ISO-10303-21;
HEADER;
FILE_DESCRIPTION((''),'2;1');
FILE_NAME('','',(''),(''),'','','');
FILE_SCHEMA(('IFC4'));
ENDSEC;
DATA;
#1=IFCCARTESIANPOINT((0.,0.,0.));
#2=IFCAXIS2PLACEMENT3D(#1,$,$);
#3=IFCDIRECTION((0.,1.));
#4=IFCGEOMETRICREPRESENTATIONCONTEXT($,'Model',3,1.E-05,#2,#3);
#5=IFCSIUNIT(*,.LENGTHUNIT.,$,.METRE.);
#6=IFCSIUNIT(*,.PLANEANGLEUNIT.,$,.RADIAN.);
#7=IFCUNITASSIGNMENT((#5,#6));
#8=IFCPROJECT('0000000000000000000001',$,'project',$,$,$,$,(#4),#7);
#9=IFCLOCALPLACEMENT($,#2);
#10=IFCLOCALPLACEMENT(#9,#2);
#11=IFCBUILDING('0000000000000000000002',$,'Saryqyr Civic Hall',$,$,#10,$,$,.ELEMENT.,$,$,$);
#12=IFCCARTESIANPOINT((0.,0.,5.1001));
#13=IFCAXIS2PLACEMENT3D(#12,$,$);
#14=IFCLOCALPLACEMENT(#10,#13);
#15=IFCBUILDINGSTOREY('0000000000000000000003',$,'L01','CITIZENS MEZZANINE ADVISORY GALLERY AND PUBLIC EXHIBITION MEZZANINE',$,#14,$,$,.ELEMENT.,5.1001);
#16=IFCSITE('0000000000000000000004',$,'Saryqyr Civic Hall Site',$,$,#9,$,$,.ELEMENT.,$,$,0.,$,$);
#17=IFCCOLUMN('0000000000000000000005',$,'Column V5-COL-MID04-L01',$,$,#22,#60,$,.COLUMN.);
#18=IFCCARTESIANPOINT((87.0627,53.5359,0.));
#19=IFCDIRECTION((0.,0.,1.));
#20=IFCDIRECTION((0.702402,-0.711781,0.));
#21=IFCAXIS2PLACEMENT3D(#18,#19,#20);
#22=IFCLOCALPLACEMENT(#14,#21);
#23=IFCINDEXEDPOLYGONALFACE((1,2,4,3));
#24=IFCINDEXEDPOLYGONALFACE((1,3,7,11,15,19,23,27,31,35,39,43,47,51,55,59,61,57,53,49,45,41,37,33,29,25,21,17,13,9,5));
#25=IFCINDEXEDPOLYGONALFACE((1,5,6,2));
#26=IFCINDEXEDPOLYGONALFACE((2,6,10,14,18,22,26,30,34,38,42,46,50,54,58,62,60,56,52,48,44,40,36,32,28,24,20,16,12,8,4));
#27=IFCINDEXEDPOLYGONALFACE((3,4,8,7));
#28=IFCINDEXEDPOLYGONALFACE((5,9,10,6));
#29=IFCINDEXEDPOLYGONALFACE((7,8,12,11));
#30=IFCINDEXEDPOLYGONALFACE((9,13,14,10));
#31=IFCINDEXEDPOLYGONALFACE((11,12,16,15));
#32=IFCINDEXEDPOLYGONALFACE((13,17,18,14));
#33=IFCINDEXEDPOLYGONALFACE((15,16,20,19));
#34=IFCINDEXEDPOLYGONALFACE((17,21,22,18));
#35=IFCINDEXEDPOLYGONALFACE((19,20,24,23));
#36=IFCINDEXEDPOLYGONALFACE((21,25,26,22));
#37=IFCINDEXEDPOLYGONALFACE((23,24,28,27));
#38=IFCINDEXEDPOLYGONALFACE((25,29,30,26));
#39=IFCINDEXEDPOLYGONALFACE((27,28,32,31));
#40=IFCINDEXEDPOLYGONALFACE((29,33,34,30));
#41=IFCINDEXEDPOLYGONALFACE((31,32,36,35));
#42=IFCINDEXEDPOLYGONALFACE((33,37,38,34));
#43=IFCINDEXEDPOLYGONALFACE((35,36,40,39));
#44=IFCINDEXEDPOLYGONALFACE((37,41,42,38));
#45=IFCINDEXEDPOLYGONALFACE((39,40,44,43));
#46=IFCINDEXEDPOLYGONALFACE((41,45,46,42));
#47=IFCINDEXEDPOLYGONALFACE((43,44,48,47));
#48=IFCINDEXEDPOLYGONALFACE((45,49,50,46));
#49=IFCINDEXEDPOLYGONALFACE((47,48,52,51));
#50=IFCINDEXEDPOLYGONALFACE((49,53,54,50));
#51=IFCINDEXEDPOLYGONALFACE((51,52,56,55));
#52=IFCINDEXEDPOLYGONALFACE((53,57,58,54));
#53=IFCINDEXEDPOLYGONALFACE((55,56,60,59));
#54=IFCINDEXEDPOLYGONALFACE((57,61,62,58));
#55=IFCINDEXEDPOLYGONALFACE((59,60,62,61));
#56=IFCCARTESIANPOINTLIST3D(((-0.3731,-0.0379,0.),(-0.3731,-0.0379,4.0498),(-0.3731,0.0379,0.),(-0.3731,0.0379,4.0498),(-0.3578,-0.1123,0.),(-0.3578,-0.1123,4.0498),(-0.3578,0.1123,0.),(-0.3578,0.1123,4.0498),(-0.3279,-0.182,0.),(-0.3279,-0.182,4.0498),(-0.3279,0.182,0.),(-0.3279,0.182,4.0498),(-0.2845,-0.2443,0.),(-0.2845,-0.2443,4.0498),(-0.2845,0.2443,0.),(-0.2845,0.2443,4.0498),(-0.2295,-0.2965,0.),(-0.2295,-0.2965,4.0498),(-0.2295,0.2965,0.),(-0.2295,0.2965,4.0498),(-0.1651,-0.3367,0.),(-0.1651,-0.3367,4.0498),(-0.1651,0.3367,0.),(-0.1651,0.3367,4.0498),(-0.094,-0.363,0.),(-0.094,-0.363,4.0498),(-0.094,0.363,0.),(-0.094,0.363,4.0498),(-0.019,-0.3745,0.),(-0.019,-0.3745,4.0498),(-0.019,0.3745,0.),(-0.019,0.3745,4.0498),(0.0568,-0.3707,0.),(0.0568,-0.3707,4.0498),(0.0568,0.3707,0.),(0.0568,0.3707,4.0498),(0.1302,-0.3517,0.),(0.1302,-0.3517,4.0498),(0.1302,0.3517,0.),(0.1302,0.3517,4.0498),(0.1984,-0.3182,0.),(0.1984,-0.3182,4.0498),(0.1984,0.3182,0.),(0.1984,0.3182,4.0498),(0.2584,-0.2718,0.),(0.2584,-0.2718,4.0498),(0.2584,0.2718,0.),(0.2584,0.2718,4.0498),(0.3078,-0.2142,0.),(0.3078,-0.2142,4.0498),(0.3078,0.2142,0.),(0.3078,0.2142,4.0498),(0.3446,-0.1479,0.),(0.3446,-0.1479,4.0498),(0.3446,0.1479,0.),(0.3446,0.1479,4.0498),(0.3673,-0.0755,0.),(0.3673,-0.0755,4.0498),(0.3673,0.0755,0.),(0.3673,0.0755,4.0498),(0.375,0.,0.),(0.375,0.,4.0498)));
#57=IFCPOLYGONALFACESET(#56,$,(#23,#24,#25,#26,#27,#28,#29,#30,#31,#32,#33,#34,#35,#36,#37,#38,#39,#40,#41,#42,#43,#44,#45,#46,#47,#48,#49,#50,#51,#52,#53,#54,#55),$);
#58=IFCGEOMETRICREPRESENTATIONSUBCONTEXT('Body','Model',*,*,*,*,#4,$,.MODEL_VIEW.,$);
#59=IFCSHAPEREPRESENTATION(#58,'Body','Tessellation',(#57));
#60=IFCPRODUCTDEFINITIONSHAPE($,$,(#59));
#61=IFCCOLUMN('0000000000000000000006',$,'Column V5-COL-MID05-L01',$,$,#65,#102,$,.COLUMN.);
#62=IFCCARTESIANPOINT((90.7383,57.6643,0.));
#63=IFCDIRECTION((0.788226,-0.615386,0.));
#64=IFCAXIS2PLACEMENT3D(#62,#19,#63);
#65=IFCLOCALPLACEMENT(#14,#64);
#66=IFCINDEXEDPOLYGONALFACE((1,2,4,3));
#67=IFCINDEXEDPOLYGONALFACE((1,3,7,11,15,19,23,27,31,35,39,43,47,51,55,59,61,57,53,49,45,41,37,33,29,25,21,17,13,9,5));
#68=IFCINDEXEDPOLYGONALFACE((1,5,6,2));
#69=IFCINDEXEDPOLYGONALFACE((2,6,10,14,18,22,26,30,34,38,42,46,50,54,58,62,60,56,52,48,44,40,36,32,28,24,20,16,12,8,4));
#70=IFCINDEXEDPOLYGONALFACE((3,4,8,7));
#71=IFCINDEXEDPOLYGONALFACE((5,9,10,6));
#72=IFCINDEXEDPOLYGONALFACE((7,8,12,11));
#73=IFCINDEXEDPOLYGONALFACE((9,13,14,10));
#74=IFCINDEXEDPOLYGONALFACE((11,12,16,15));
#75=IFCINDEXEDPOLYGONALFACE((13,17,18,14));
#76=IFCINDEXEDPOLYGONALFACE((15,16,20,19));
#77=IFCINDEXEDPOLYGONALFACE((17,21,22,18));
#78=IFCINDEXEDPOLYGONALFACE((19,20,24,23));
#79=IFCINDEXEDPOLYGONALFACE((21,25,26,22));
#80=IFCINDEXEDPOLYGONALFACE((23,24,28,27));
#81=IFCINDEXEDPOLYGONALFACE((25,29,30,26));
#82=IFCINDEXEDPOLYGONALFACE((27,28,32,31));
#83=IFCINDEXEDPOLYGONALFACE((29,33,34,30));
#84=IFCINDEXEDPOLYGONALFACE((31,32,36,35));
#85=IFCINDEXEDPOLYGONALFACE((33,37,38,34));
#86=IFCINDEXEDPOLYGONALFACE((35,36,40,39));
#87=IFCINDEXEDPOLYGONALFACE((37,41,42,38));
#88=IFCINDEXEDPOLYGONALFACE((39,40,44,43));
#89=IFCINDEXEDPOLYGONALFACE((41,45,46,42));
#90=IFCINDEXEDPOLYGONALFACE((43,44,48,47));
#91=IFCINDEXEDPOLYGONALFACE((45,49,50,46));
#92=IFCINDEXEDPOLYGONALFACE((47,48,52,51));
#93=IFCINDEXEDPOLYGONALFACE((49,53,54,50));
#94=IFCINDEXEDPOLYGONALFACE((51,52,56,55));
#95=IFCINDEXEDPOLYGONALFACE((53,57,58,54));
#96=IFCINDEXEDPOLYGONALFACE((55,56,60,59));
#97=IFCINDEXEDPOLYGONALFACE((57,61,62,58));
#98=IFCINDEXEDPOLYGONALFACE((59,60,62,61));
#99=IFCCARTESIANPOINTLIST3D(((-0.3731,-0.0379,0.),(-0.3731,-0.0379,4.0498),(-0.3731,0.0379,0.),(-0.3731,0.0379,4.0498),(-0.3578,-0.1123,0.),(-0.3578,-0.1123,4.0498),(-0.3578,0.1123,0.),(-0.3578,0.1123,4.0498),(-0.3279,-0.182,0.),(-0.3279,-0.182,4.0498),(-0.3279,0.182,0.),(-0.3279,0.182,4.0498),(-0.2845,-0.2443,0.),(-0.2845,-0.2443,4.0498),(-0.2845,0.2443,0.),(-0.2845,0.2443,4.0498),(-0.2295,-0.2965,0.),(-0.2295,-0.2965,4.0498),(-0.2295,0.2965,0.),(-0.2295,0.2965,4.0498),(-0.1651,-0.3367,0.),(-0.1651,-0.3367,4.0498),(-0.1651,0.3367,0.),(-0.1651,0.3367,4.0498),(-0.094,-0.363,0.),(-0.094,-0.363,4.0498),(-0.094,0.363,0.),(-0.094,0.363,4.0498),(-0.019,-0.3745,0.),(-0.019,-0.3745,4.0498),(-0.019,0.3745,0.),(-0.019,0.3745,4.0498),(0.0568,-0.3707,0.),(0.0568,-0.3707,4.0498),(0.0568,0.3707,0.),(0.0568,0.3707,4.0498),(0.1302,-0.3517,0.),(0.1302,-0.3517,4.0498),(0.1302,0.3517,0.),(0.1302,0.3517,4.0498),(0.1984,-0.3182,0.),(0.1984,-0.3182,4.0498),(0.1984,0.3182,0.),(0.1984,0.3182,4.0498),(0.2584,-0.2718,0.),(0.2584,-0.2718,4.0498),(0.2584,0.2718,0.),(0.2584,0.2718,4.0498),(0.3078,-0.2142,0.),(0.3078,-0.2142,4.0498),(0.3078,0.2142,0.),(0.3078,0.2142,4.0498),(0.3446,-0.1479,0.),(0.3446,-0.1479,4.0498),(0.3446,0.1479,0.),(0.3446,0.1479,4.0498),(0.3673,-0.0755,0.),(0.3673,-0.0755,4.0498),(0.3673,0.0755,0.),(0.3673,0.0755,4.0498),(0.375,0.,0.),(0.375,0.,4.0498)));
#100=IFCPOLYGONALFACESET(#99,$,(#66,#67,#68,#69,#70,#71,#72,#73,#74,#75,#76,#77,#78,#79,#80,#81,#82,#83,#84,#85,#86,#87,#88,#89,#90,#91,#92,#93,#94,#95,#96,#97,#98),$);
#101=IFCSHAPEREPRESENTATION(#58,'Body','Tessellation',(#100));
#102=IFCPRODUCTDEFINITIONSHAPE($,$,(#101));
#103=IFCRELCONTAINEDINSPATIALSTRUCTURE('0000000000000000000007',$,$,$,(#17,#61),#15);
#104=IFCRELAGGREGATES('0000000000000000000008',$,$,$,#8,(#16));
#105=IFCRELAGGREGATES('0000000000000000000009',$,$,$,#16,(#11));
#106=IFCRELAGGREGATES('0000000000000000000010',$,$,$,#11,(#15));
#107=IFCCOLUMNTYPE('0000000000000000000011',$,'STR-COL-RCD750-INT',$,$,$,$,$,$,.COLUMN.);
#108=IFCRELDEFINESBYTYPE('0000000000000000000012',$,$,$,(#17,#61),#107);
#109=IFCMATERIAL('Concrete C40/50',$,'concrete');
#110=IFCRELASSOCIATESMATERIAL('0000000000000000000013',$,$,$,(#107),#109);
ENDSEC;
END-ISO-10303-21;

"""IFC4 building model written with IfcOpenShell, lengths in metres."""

from ifc_helpers import new_model, si_unit, direction, frame, origin, origin_2d, place, context, subcontext, project, spatial, circle, extrude, material, material_profile, profile_set, type_object, element, save


model = new_model("IFC4")

# Units and contexts
model_context = context("Model", 3, precision=1e-05, world=origin(), true_north=direction((0.0, 1.0)))
body_context = subcontext(model_context, "Body", "Model", "MODEL_VIEW")
ifc_project = project(units=[si_unit("LENGTHUNIT", "METRE"), si_unit("PLANEANGLEUNIT", "RADIAN")], contexts=[model_context])

# Site, building, storey
site_placement = place(None, origin())
site = spatial("IfcSite", under=ifc_project, at=site_placement, Name="Saryqyr Civic Hall Site", CompositionType="ELEMENT", RefElevation=0.0)
building_placement = place(site_placement, origin())
building = spatial("IfcBuilding", under=site, at=building_placement, Name="Saryqyr Civic Hall", CompositionType="ELEMENT")
storey_placement = place(building_placement, frame((0.0, 0.0, 5.1001)))
storey = spatial("IfcBuildingStorey", under=building, at=storey_placement, Name="L01", Description="CITIZENS MEZZANINE ADVISORY GALLERY AND PUBLIC EXHIBITION MEZZANINE", CompositionType="ELEMENT", Elevation=5.1001)

# Columns
ifc_material_1 = material(Name="Concrete C40/50", Category="concrete")
ifc_material_profile_1 = material_profile(ifc_material_1, circle(Radius=0.375, at=origin_2d()), Name="RC D750")
ifc_profile_set_1 = profile_set([ifc_material_profile_1], Name="Concrete C40/50")
column_type_1 = type_object("IfcColumnType", Name="STR-COL-RCD750-INT", PredefinedType="COLUMN", material=ifc_profile_set_1)
for number, where, z_axis, x_axis, name in (
    (1, (87.0627, 53.5359, 0.0), (0.0, 0.0, 1.0), (0.702402, -0.711781, 0.0), "Column V5-COL-MID04-L01"),
    (2, (90.7383, 57.6643, 0.0), (0.0, 0.0, 1.0), (0.788226, -0.615386, 0.0), "Column V5-COL-MID05-L01"),
):
    element("IfcColumn", number, at=place(storey_placement, frame(where, z_axis=z_axis, x_axis=x_axis)), inside=storey, type_object=column_type_1, Name=name, PredefinedType="COLUMN", context=body_context, shape_type="SweptSolid", body=[
        extrude(circle(Radius=0.375, at=origin_2d()), origin(), (0.0, 0.0, 1.0), 4.0498),
    ])

save(model, "model.ifc")
